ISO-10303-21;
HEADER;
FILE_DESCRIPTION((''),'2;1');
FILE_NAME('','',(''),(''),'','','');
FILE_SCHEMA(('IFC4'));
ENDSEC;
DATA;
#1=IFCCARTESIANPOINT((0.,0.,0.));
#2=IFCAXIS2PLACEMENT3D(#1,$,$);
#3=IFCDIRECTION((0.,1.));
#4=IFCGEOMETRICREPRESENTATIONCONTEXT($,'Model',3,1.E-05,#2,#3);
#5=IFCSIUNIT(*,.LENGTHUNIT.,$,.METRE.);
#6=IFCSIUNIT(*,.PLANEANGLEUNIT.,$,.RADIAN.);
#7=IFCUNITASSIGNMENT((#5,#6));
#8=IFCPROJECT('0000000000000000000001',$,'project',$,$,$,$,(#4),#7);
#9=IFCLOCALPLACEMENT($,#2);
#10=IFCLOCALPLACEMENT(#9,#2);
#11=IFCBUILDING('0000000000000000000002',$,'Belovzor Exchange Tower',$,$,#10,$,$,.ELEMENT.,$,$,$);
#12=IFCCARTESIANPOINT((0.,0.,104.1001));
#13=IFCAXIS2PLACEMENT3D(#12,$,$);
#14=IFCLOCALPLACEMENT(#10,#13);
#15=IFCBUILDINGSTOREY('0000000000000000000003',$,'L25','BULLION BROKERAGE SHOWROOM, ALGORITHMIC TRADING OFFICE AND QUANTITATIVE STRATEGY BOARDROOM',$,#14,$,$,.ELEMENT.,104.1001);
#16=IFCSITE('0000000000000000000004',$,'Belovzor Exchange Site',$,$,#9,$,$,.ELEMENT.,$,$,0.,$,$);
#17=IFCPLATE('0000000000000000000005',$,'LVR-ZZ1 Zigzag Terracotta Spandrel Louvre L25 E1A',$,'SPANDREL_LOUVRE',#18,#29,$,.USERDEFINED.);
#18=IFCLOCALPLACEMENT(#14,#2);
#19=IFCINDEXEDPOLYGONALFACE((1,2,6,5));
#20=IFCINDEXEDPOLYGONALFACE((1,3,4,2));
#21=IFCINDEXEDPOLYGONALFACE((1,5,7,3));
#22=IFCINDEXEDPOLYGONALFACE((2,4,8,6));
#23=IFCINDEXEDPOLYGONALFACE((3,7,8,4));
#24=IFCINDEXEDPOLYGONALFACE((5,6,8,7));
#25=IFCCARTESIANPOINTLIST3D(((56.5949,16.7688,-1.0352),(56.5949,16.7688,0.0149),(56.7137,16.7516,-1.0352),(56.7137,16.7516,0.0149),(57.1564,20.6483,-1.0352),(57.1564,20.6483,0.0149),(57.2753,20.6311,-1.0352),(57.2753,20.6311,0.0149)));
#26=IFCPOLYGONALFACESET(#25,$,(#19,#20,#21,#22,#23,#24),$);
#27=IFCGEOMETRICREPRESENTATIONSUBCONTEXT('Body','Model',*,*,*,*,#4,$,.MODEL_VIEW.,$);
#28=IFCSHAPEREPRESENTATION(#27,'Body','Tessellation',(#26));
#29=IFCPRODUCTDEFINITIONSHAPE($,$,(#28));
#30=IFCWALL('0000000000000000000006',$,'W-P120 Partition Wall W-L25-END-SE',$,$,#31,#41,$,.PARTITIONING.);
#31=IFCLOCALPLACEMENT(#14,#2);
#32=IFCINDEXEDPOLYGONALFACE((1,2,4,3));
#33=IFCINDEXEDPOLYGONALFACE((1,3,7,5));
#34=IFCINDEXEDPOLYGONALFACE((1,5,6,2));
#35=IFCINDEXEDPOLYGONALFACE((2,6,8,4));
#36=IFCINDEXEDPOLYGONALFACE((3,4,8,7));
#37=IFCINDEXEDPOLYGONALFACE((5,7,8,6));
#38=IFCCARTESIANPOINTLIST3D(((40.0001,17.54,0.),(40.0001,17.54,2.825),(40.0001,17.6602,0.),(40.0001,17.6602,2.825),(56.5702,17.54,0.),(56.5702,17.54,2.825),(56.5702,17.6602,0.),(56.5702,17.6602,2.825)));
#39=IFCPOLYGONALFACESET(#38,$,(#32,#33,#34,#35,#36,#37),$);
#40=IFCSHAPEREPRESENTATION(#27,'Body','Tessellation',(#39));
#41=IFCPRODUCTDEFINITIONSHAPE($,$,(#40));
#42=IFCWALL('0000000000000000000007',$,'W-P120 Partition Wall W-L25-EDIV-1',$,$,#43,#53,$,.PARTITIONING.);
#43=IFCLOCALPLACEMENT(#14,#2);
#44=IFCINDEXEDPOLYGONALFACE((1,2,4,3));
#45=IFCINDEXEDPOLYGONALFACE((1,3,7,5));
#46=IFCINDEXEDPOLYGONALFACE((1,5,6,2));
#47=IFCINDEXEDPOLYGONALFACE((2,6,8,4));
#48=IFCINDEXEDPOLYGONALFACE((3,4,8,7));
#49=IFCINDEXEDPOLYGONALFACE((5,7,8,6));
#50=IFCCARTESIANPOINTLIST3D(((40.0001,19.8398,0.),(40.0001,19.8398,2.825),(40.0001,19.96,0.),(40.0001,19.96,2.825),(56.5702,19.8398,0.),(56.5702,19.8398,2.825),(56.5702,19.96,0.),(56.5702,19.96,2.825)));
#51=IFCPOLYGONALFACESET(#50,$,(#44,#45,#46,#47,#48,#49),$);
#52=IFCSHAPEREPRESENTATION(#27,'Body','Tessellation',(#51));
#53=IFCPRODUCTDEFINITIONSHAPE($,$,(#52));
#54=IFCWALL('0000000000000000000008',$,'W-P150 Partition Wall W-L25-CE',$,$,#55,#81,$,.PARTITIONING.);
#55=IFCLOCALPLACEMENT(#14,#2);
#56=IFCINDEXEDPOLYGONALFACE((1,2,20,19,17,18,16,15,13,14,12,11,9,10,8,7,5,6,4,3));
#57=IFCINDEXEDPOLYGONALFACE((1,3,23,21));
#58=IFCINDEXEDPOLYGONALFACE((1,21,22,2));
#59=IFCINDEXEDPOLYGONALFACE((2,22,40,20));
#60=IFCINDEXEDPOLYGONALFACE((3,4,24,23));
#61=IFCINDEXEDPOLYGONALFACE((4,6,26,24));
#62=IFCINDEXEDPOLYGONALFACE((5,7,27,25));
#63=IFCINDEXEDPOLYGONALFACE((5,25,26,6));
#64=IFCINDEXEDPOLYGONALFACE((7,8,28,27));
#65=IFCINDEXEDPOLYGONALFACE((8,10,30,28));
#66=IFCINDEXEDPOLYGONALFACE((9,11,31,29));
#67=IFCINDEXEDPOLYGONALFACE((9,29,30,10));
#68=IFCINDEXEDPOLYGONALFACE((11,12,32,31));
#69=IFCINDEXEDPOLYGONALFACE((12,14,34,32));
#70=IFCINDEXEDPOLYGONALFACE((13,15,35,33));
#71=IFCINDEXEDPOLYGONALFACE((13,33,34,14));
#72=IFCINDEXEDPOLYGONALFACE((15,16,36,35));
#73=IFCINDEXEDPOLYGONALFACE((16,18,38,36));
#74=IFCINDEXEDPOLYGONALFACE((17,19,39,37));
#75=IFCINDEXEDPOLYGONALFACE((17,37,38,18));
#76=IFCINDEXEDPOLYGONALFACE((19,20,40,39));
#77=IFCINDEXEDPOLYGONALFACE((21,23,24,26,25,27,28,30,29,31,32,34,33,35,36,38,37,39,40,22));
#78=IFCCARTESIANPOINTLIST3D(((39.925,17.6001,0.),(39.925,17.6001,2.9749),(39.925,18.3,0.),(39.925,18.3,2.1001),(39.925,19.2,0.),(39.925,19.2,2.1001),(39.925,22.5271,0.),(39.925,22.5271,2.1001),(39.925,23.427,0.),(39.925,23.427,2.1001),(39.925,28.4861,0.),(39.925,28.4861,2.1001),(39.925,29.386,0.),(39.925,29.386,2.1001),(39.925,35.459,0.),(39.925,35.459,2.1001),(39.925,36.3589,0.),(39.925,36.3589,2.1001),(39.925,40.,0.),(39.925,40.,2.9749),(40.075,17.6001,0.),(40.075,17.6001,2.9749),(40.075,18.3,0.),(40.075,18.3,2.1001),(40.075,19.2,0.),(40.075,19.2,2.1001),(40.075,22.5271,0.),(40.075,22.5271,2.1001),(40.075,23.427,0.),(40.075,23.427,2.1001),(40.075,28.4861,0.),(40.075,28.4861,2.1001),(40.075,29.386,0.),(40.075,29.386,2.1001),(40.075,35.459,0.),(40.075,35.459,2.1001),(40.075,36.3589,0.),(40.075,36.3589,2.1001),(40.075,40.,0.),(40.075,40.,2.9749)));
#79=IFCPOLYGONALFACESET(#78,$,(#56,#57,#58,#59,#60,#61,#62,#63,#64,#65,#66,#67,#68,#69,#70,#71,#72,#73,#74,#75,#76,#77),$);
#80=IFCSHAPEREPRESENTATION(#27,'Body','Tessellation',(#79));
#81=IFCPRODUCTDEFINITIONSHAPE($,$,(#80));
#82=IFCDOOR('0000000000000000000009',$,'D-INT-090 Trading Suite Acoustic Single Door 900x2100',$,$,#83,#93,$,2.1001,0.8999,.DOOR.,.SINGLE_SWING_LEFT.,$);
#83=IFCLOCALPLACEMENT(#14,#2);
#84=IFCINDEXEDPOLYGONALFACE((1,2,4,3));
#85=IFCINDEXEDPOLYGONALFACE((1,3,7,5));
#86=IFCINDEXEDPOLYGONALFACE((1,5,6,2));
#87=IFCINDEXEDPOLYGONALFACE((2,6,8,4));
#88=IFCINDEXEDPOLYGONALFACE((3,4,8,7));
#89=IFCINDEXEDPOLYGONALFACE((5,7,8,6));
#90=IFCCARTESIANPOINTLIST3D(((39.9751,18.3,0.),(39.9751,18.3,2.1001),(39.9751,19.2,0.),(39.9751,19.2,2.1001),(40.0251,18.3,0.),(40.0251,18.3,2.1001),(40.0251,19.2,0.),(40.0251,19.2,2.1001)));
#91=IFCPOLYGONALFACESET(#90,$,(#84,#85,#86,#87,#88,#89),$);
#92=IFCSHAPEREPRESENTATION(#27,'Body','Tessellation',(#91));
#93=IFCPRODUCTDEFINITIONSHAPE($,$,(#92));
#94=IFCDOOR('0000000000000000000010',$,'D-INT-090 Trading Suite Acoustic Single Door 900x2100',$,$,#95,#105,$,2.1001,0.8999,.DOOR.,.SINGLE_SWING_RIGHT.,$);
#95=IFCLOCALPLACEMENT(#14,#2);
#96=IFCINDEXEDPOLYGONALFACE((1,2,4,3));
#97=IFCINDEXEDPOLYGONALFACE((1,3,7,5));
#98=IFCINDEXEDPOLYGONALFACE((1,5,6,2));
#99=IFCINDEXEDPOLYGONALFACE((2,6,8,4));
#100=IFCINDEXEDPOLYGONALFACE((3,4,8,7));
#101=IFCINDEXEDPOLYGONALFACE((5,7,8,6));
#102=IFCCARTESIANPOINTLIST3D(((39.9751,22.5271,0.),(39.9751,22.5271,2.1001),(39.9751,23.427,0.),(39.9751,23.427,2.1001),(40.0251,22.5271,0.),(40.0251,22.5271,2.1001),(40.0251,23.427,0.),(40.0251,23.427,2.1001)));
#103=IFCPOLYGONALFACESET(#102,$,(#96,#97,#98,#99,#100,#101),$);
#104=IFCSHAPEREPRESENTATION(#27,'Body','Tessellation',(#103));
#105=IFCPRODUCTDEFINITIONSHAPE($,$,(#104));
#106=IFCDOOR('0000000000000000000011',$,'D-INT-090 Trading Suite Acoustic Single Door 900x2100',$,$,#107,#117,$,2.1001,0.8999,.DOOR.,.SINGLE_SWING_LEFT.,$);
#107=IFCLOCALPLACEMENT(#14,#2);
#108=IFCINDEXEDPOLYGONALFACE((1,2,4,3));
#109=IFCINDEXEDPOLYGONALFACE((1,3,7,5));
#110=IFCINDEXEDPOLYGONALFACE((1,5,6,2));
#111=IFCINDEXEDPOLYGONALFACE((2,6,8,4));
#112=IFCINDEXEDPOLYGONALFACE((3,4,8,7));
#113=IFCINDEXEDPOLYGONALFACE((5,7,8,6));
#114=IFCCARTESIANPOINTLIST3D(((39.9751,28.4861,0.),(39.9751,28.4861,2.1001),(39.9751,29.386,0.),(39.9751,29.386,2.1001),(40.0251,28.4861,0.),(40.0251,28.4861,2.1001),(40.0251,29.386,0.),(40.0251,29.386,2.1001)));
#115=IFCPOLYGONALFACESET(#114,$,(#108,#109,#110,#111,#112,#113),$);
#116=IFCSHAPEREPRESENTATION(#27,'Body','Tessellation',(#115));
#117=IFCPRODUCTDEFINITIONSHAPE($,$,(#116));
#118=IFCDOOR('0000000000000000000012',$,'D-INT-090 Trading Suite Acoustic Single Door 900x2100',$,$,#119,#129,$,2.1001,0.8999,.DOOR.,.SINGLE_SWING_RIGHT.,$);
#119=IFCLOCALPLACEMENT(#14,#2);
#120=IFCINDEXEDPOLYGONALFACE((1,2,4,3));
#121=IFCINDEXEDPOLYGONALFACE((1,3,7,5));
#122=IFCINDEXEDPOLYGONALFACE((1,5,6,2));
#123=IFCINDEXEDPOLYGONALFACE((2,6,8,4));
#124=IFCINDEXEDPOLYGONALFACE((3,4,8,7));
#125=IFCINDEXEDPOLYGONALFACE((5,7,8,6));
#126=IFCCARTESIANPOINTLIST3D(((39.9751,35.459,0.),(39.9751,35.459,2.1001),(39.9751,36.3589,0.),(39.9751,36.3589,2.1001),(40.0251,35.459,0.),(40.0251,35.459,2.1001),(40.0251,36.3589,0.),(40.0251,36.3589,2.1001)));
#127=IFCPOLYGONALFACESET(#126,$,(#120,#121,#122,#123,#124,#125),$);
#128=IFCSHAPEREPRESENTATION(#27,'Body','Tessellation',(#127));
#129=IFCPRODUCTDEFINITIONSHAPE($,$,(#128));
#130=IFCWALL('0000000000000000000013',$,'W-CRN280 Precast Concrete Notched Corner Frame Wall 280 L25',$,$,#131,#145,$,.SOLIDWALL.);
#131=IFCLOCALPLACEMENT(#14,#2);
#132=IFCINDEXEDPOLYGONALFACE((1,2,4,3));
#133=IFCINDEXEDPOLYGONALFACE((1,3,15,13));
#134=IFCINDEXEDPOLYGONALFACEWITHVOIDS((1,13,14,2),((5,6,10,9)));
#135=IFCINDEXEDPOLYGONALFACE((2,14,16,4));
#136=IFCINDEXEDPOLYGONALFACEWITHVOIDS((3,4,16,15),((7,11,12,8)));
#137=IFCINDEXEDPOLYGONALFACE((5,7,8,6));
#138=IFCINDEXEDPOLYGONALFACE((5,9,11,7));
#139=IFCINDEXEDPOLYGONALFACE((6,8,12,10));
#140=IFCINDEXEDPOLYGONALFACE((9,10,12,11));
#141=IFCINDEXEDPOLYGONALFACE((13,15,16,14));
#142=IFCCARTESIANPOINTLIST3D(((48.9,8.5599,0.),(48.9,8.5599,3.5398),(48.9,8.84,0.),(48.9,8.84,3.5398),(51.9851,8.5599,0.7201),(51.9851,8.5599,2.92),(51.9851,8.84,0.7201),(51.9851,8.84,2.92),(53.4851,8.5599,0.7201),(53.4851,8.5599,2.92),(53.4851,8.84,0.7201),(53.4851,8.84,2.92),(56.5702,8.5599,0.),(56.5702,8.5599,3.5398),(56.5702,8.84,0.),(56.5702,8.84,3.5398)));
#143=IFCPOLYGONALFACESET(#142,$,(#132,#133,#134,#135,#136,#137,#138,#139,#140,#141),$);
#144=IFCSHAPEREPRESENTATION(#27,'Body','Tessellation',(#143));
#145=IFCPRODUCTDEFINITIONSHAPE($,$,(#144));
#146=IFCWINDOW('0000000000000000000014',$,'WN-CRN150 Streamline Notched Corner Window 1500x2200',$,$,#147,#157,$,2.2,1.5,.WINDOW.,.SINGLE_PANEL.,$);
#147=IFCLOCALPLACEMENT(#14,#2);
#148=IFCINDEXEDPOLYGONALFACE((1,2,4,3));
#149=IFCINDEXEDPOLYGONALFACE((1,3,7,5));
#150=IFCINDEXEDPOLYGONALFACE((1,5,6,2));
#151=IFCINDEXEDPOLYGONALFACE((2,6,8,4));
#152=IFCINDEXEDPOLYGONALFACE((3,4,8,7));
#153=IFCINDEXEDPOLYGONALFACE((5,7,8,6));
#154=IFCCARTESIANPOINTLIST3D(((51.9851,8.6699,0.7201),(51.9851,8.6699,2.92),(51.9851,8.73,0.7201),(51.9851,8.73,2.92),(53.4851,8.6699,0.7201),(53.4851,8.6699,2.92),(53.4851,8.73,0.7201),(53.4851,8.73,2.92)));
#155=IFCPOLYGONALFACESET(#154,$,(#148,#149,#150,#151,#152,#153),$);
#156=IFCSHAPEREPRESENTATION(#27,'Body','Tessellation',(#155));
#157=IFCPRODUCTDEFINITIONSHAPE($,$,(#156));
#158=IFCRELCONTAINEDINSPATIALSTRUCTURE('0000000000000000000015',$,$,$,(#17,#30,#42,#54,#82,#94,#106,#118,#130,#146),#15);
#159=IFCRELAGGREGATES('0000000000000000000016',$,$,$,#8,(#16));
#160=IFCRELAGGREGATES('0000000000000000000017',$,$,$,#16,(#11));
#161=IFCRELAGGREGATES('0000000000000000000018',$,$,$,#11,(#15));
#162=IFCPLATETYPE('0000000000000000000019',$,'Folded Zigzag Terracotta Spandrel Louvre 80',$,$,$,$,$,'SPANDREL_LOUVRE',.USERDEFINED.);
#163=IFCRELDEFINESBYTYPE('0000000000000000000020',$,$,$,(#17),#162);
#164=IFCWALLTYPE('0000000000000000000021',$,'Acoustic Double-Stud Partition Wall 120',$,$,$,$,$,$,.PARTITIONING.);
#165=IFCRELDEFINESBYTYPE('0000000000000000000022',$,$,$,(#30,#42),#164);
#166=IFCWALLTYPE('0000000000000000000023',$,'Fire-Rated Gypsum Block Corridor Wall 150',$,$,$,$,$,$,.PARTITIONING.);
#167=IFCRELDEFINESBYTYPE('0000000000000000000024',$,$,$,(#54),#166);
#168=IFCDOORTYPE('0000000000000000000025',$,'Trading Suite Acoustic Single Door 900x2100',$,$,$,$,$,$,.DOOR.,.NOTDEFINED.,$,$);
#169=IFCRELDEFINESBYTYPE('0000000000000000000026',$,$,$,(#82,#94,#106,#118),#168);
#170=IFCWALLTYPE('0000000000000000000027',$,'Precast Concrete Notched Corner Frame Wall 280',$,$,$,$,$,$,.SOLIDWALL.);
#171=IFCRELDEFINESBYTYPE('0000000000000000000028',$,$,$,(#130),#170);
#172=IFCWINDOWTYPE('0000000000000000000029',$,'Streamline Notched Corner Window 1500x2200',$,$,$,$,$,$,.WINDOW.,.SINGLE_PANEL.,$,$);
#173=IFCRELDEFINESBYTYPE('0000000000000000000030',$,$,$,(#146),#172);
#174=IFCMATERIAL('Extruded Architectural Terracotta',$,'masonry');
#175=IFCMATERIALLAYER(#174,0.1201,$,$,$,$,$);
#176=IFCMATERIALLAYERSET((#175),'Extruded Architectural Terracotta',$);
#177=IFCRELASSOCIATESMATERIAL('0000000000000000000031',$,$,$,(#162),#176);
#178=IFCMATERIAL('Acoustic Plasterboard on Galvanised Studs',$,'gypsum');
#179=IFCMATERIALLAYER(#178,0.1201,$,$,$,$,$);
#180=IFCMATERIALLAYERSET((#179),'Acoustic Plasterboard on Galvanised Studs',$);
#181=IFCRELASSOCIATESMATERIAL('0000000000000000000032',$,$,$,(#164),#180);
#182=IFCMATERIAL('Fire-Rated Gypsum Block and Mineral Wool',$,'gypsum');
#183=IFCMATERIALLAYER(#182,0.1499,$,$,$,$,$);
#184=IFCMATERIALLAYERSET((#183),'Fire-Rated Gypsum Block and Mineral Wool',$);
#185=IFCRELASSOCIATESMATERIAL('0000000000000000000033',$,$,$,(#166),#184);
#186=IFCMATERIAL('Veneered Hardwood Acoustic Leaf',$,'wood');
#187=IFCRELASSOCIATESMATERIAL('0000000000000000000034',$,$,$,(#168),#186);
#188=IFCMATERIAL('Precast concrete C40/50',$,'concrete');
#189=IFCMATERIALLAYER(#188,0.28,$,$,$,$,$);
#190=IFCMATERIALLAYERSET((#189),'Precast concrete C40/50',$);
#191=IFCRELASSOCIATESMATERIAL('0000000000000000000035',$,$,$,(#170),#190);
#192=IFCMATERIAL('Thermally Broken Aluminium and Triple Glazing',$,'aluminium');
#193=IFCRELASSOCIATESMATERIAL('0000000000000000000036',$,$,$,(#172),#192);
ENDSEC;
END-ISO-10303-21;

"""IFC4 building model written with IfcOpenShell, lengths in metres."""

from ifc_helpers import new_model, si_unit, direction, frame, frame_2d, origin, origin_2d, place, context, subcontext, project, spatial, rectangle, extrude, material, layer, layer_set, type_object, element, fill, save


model = new_model("IFC4")

# Units and contexts
model_context = context("Model", 3, precision=1e-05, world=origin(), true_north=direction((0.0, 1.0)))
body_context = subcontext(model_context, "Body", "Model", "MODEL_VIEW")
ifc_project = project(units=[si_unit("LENGTHUNIT", "METRE"), si_unit("PLANEANGLEUNIT", "RADIAN")], contexts=[model_context])

# Site, building, storey
site_placement = place(None, origin())
site = spatial("IfcSite", under=ifc_project, at=site_placement, Name="Belovzor Exchange Site", CompositionType="ELEMENT", RefElevation=0.0)
building_placement = place(site_placement, origin())
building = spatial("IfcBuilding", under=site, at=building_placement, Name="Belovzor Exchange Tower", CompositionType="ELEMENT")
storey_placement = place(building_placement, frame((0.0, 0.0, 104.1001)))
storey = spatial("IfcBuildingStorey", under=building, at=storey_placement, Name="L25", Description="BULLION BROKERAGE SHOWROOM, ALGORITHMIC TRADING OFFICE AND QUANTITATIVE STRATEGY BOARDROOM", CompositionType="ELEMENT", Elevation=104.1001)

# Plate
ifc_material_1 = material(Name="Extruded Architectural Terracotta", Category="masonry")
ifc_layer_1 = layer(ifc_material_1, 0.1201)
ifc_layer_set_1 = layer_set([ifc_layer_1], Name="Extruded Architectural Terracotta")
plate_type = type_object("IfcPlateType", Name="Folded Zigzag Terracotta Spandrel Louvre 80", ElementType="SPANDREL_LOUVRE", PredefinedType="USERDEFINED", material=ifc_layer_set_1)
plate_placement = place(storey_placement, frame((56.9351, 18.7, -1.0352), z_axis=(0.0, 0.0, 1.0), x_axis=(0.143251, 0.989686, 0.0)))
element("IfcPlate", 1, at=plate_placement, inside=storey, type_object=plate_type, Name="LVR-ZZ1 Zigzag Terracotta Spandrel Louvre L25 E1A", ObjectType="SPANDREL_LOUVRE", PredefinedType="USERDEFINED", context=body_context, shape_type="SweptSolid", body=[
    extrude(rectangle(XDim=3.9199, YDim=0.1201, at=origin_2d()), origin(), (0.0, 0.0, 1.0), 1.05),
])

# Walls
ifc_material_2 = material(Name="Acoustic Plasterboard on Galvanised Studs", Category="gypsum")
ifc_layer_2 = layer(ifc_material_2, 0.1201)
ifc_layer_set_2 = layer_set([ifc_layer_2], Name="Acoustic Plasterboard on Galvanised Studs")
wall_type_1 = type_object("IfcWallType", Name="Acoustic Double-Stud Partition Wall 120", PredefinedType="PARTITIONING", material=ifc_layer_set_2)
for number, where, z_axis, x_axis, name in (
    (2, (40.0, 17.6001, 0.0), (0.0, 0.0, 1.0), (1.0, 0.0, 0.0), "W-P120 Partition Wall W-L25-END-SE"),
    (3, (40.0, 19.8999, 0.0), (0.0, 0.0, 1.0), (1.0, 0.0, 0.0), "W-P120 Partition Wall W-L25-EDIV-1"),
):
    element("IfcWall", number, at=place(storey_placement, frame(where, z_axis=z_axis, x_axis=x_axis)), inside=storey, type_object=wall_type_1, Name=name, PredefinedType="PARTITIONING", context=body_context, shape_type="SweptSolid", body=[
        extrude(rectangle(XDim=16.5701, YDim=0.1201, at=frame_2d((8.2852, 0.0))), origin(), (0.0, 0.0, 1.0), 2.825),
    ])

# Wall, openings, doors
ifc_material_3 = material(Name="Fire-Rated Gypsum Block and Mineral Wool", Category="gypsum")
ifc_layer_3 = layer(ifc_material_3, 0.1499)
ifc_layer_set_3 = layer_set([ifc_layer_3], Name="Fire-Rated Gypsum Block and Mineral Wool")
wall_type_2 = type_object("IfcWallType", Name="Fire-Rated Gypsum Block Corridor Wall 150", PredefinedType="PARTITIONING", material=ifc_layer_set_3)
wall_1_placement = place(storey_placement, frame((40.0, 17.6001, 0.0), z_axis=(0.0, 0.0, 1.0), x_axis=(0.0, 1.0, 0.0)))
wall_1 = element("IfcWall", 4, at=wall_1_placement, inside=storey, type_object=wall_type_2, Name="W-P150 Partition Wall W-L25-CE", PredefinedType="PARTITIONING", context=body_context, shape_type="SweptSolid", body=[
    extrude(rectangle(XDim=22.3999, YDim=0.1499, at=frame_2d((11.2, 0.0))), origin(), (0.0, 0.0, 1.0), 2.9749),
])
opening_1_placement = place(wall_1_placement, frame((0.7, 0.0, 0.0)))
opening_1 = element("IfcOpeningElement", 5, at=opening_1_placement, cuts=wall_1, PredefinedType="OPENING", context=body_context, shape_type="SweptSolid", body=[
    extrude(rectangle(XDim=0.8999, YDim=2.1001, at=frame_2d((0.45, 1.05))), frame((0.0, 0.085, 0.0), z_axis=(0.0, -1.0, 0.0), x_axis=(1.0, 0.0, 0.0)), (0.0, 0.0, 1.0), 0.1699),
])
opening_2_placement = place(wall_1_placement, frame((4.927, 0.0, 0.0)))
opening_2 = element("IfcOpeningElement", 6, at=opening_2_placement, cuts=wall_1, PredefinedType="OPENING", context=body_context, shape_type="SweptSolid", body=[
    extrude(rectangle(XDim=0.8999, YDim=2.1001, at=frame_2d((0.45, 1.05))), frame((0.0, 0.085, 0.0), z_axis=(0.0, -1.0, 0.0), x_axis=(1.0, 0.0, 0.0)), (0.0, 0.0, 1.0), 0.1699),
])
opening_3_placement = place(wall_1_placement, frame((10.886, 0.0, 0.0)))
opening_3 = element("IfcOpeningElement", 7, at=opening_3_placement, cuts=wall_1, PredefinedType="OPENING", context=body_context, shape_type="SweptSolid", body=[
    extrude(rectangle(XDim=0.8999, YDim=2.1001, at=frame_2d((0.45, 1.05))), frame((0.0, 0.085, 0.0), z_axis=(0.0, -1.0, 0.0), x_axis=(1.0, 0.0, 0.0)), (0.0, 0.0, 1.0), 0.1699),
])
opening_4_placement = place(wall_1_placement, frame((17.8589, 0.0, 0.0)))
opening_4 = element("IfcOpeningElement", 8, at=opening_4_placement, cuts=wall_1, PredefinedType="OPENING", context=body_context, shape_type="SweptSolid", body=[
    extrude(rectangle(XDim=0.8999, YDim=2.1001, at=frame_2d((0.45, 1.05))), frame((0.0, 0.085, 0.0), z_axis=(0.0, -1.0, 0.0), x_axis=(1.0, 0.0, 0.0)), (0.0, 0.0, 1.0), 0.1699),
])
ifc_material_4 = material(Name="Veneered Hardwood Acoustic Leaf", Category="wood")
door_type_1 = type_object("IfcDoorType", Name="Trading Suite Acoustic Single Door 900x2100", OperationType="NOTDEFINED", PredefinedType="DOOR", material=ifc_material_4)
door_1_placement = place(opening_1_placement, origin())
door_1 = element("IfcDoor", 9, at=door_1_placement, inside=storey, type_object=door_type_1, Name="D-INT-090 Trading Suite Acoustic Single Door 900x2100", OperationType="SINGLE_SWING_LEFT", OverallHeight=2.1001, OverallWidth=0.8999, PredefinedType="DOOR", context=body_context, shape_type="SweptSolid", body=[
    extrude(rectangle(XDim=0.8999, YDim=2.1001, at=frame_2d((0.45, 1.05))), frame((0.0, 0.0249, 0.0), z_axis=(0.0, -1.0, 0.0), x_axis=(1.0, 0.0, 0.0)), (0.0, 0.0, 1.0), 0.05),
])
fill(opening_1, door_1)
door_2_placement = place(opening_2_placement, origin())
door_2 = element("IfcDoor", 10, at=door_2_placement, inside=storey, type_object=door_type_1, Name="D-INT-090 Trading Suite Acoustic Single Door 900x2100", OperationType="SINGLE_SWING_RIGHT", OverallHeight=2.1001, OverallWidth=0.8999, PredefinedType="DOOR", context=body_context, shape_type="SweptSolid", body=[
    extrude(rectangle(XDim=0.8999, YDim=2.1001, at=frame_2d((0.45, 1.05))), frame((0.0, 0.0249, 0.0), z_axis=(0.0, -1.0, 0.0), x_axis=(1.0, 0.0, 0.0)), (0.0, 0.0, 1.0), 0.05),
])
fill(opening_2, door_2)
door_3_placement = place(opening_3_placement, origin())
door_3 = element("IfcDoor", 11, at=door_3_placement, inside=storey, type_object=door_type_1, Name="D-INT-090 Trading Suite Acoustic Single Door 900x2100", OperationType="SINGLE_SWING_LEFT", OverallHeight=2.1001, OverallWidth=0.8999, PredefinedType="DOOR", context=body_context, shape_type="SweptSolid", body=[
    extrude(rectangle(XDim=0.8999, YDim=2.1001, at=frame_2d((0.45, 1.05))), frame((0.0, 0.0249, 0.0), z_axis=(0.0, -1.0, 0.0), x_axis=(1.0, 0.0, 0.0)), (0.0, 0.0, 1.0), 0.05),
])
fill(opening_3, door_3)
door_4_placement = place(opening_4_placement, origin())
door_4 = element("IfcDoor", 12, at=door_4_placement, inside=storey, type_object=door_type_1, Name="D-INT-090 Trading Suite Acoustic Single Door 900x2100", OperationType="SINGLE_SWING_RIGHT", OverallHeight=2.1001, OverallWidth=0.8999, PredefinedType="DOOR", context=body_context, shape_type="SweptSolid", body=[
    extrude(rectangle(XDim=0.8999, YDim=2.1001, at=frame_2d((0.45, 1.05))), frame((0.0, 0.0249, 0.0), z_axis=(0.0, -1.0, 0.0), x_axis=(1.0, 0.0, 0.0)), (0.0, 0.0, 1.0), 0.05),
])
fill(opening_4, door_4)

# Wall, opening, window
ifc_material_5 = material(Name="Precast concrete C40/50", Category="concrete")
ifc_layer_4 = layer(ifc_material_5, 0.28)
ifc_layer_set_4 = layer_set([ifc_layer_4], Name="Precast concrete C40/50")
wall_type_3 = type_object("IfcWallType", Name="Precast Concrete Notched Corner Frame Wall 280", PredefinedType="SOLIDWALL", material=ifc_layer_set_4)
wall_2_placement = place(storey_placement, frame((56.5701, 8.7, 0.0), z_axis=(0.0, 0.0, 1.0), x_axis=(-1.0, 0.0, 0.0)))
wall_2 = element("IfcWall", 13, at=wall_2_placement, inside=storey, type_object=wall_type_3, Name="W-CRN280 Precast Concrete Notched Corner Frame Wall 280 L25", PredefinedType="SOLIDWALL", context=body_context, shape_type="SweptSolid", body=[
    extrude(rectangle(XDim=7.6702, YDim=0.28, at=frame_2d((3.835, 0.0))), origin(), (0.0, 0.0, 1.0), 3.5398),
])
opening_5_placement = place(wall_2_placement, frame((3.085, 0.0, 0.72)))
opening_5 = element("IfcOpeningElement", 14, at=opening_5_placement, cuts=wall_2, PredefinedType="OPENING", context=body_context, shape_type="SweptSolid", body=[
    extrude(rectangle(XDim=1.5, YDim=2.2, at=frame_2d((0.75, 1.1001))), frame((0.0, 0.1499, 0.0), z_axis=(0.0, -1.0, 0.0), x_axis=(1.0, 0.0, 0.0)), (0.0, 0.0, 1.0), 0.3),
])
ifc_material_6 = material(Name="Thermally Broken Aluminium and Triple Glazing", Category="aluminium")
window_type = type_object("IfcWindowType", Name="Streamline Notched Corner Window 1500x2200", PartitioningType="SINGLE_PANEL", PredefinedType="WINDOW", material=ifc_material_6)
window_1_placement = place(opening_5_placement, origin())
window_1 = element("IfcWindow", 15, at=window_1_placement, inside=storey, type_object=window_type, Name="WN-CRN150 Streamline Notched Corner Window 1500x2200", OverallHeight=2.2, OverallWidth=1.5, PartitioningType="SINGLE_PANEL", PredefinedType="WINDOW", context=body_context, shape_type="SweptSolid", body=[
    extrude(rectangle(XDim=1.5, YDim=2.2, at=frame_2d((0.75, 1.1001))), frame((0.0, 0.03, 0.0), z_axis=(0.0, -1.0, 0.0), x_axis=(1.0, 0.0, 0.0)), (0.0, 0.0, 1.0), 0.0601),
])
fill(opening_5, window_1)

save(model, "model.ifc")
